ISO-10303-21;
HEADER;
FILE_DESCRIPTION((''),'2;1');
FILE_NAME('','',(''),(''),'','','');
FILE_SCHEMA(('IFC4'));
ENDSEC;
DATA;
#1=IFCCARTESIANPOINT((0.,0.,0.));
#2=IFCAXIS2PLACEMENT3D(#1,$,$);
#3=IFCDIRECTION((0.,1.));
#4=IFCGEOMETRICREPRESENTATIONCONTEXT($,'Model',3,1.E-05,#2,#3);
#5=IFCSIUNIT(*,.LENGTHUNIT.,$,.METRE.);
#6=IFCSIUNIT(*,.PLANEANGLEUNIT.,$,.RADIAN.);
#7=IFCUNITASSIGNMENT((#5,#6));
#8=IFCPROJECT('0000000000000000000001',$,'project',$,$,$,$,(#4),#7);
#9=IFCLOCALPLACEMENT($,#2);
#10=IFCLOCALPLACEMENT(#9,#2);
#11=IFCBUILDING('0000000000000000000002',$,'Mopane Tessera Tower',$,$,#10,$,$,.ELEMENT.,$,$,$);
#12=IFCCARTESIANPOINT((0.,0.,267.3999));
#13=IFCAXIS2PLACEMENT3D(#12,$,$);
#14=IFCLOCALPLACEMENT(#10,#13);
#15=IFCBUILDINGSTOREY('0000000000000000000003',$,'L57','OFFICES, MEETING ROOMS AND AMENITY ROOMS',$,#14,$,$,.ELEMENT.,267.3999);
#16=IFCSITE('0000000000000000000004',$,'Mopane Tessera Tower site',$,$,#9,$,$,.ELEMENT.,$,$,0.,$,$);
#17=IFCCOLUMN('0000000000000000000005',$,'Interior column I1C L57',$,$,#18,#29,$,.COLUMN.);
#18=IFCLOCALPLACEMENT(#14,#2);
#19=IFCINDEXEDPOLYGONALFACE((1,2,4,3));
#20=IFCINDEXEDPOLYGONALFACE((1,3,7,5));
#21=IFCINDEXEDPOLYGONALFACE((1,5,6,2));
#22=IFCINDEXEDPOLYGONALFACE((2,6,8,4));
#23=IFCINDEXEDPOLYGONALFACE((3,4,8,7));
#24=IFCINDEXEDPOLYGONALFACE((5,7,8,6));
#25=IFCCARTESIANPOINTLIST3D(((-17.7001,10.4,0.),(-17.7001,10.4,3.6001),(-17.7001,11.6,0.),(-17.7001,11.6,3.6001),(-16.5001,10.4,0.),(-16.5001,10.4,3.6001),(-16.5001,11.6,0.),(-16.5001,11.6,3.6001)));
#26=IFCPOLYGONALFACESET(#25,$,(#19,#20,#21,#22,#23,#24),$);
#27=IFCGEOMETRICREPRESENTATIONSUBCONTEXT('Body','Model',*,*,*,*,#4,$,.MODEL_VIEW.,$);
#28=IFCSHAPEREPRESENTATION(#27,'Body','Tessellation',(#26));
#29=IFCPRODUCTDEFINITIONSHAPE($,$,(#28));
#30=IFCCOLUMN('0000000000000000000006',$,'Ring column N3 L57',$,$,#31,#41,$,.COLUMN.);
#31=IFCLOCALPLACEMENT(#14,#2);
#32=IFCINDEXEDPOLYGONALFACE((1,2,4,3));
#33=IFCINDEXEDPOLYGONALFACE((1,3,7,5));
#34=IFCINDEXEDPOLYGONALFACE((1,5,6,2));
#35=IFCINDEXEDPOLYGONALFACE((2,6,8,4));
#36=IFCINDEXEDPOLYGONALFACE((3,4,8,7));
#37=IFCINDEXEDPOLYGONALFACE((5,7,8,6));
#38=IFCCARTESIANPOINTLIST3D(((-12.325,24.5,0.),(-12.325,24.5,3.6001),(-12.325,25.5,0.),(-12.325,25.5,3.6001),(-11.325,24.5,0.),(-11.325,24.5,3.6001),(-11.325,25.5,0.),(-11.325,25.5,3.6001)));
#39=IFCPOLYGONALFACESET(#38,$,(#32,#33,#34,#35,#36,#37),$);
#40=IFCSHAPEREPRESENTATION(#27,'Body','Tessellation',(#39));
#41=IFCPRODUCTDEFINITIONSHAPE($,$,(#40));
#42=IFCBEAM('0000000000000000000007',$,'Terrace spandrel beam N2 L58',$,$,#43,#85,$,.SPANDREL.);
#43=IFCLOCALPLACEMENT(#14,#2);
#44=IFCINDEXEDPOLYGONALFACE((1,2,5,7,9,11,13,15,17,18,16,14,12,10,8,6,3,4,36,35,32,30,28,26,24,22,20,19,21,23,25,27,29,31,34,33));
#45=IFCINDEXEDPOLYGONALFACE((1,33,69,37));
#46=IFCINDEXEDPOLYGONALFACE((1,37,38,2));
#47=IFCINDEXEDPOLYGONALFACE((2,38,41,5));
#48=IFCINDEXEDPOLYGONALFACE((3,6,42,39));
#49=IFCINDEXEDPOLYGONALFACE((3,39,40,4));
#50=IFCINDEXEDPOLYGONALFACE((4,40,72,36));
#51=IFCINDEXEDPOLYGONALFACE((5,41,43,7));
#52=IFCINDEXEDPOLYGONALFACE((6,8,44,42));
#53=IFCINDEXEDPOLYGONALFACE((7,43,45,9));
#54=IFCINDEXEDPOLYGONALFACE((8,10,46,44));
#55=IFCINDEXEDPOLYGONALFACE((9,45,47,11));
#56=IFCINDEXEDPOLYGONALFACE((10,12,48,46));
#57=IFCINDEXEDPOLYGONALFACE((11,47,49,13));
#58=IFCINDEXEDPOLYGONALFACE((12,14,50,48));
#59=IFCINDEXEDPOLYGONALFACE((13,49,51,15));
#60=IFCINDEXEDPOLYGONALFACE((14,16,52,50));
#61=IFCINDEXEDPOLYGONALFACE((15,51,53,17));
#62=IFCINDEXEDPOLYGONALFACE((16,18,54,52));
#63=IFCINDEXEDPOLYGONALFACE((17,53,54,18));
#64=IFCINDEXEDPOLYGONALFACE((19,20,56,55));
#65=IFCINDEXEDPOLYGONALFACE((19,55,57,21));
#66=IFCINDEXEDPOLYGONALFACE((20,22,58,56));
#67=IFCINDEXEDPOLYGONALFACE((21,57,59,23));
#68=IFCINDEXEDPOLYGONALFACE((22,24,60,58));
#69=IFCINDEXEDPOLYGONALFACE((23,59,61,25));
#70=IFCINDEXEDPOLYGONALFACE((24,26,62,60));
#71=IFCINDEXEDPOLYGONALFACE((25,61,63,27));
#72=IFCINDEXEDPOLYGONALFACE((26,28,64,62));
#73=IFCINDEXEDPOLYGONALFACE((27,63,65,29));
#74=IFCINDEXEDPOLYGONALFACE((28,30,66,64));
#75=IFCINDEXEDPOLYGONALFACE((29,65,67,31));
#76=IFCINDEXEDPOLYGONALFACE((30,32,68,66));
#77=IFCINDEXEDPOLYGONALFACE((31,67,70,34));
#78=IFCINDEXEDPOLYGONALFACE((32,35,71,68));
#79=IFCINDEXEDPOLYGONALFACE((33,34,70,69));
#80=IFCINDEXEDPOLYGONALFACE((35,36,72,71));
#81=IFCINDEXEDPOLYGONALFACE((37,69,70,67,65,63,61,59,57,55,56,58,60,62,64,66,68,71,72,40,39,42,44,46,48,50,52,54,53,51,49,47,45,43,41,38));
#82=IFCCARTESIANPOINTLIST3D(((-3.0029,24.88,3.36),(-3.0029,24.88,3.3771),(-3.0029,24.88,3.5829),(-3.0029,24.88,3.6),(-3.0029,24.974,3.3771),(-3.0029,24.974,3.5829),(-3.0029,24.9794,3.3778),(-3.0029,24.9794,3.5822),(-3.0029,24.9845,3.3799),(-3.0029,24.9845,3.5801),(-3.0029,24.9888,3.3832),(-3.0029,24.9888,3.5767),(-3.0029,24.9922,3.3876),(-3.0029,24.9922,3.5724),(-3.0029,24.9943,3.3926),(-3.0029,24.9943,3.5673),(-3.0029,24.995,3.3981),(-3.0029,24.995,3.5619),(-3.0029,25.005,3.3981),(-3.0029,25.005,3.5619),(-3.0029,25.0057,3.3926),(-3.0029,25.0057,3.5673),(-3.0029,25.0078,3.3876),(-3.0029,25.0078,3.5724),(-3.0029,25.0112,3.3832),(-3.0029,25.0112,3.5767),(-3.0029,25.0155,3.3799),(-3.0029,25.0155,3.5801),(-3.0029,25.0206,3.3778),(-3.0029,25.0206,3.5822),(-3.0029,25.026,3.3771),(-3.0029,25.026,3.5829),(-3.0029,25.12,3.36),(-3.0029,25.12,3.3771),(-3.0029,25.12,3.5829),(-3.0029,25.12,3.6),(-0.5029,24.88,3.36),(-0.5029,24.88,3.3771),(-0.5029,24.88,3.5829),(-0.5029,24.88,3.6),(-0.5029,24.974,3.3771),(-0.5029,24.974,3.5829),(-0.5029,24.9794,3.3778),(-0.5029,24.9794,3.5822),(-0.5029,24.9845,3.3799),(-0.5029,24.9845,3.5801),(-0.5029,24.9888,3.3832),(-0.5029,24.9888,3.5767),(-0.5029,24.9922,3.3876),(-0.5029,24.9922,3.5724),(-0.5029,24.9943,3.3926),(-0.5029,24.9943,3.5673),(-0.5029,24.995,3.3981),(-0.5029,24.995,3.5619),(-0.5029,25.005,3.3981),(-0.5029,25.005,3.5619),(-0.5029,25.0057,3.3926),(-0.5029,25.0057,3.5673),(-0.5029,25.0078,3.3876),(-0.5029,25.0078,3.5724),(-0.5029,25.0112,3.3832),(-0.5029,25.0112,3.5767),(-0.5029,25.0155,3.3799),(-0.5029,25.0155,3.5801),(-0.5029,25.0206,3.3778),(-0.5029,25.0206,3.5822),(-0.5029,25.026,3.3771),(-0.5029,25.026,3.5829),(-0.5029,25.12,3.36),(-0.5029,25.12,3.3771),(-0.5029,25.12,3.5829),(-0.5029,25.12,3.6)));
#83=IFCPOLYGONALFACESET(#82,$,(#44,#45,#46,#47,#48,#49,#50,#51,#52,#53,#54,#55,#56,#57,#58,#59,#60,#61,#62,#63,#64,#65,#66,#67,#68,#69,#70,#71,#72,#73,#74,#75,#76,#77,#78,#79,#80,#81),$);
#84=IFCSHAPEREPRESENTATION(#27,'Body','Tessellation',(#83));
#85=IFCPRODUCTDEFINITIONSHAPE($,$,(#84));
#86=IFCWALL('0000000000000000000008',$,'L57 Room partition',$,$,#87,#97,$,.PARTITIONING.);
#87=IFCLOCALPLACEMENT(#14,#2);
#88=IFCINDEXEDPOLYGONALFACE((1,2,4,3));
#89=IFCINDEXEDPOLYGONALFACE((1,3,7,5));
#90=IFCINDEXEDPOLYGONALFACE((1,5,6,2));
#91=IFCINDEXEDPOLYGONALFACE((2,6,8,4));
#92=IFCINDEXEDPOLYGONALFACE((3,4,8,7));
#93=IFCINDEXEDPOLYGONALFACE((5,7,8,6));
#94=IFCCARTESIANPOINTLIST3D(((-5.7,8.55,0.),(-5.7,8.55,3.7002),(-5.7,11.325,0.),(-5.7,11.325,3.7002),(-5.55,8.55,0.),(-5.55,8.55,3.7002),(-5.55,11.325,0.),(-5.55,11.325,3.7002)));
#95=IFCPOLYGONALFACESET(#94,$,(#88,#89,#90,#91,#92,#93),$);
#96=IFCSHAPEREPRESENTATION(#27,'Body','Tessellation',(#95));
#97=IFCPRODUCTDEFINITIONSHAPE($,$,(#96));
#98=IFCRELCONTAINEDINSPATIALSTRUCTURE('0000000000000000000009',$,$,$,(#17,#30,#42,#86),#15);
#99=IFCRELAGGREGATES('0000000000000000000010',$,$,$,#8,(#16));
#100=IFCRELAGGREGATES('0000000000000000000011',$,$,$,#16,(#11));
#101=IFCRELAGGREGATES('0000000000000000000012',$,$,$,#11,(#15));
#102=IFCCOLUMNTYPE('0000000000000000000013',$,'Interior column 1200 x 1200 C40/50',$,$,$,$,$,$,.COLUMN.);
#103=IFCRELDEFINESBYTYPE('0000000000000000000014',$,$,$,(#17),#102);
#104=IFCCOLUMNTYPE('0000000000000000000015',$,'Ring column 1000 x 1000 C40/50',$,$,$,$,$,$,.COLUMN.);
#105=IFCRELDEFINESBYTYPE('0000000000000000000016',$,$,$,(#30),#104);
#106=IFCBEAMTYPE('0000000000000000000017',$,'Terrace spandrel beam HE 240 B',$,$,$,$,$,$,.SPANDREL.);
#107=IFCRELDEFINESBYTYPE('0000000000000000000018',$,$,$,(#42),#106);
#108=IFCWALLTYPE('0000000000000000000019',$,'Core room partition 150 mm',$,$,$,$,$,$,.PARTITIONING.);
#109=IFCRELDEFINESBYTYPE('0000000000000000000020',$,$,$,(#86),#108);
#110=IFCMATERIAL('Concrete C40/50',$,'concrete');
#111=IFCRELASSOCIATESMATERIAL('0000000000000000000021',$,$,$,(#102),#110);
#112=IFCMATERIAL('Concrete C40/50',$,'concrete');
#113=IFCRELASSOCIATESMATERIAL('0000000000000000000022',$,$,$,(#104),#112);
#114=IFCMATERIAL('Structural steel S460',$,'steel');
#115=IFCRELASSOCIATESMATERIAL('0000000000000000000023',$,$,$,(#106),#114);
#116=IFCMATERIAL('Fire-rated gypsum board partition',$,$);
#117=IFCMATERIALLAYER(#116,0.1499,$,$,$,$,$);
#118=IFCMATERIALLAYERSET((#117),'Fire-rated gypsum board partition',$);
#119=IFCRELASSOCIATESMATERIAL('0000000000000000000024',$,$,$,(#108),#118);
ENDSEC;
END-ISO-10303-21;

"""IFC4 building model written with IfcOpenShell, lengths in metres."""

from ifc_helpers import new_model, si_unit, direction, frame, frame_2d, origin, origin_2d, place, context, subcontext, project, spatial, rectangle, i_section, extrude, material, layer, layer_set, material_profile, profile_set, type_object, element, save


model = new_model("IFC4")

# Units and contexts
model_context = context("Model", 3, precision=1e-05, world=origin(), true_north=direction((0.0, 1.0)))
body_context = subcontext(model_context, "Body", "Model", "MODEL_VIEW")
ifc_project = project(units=[si_unit("LENGTHUNIT", "METRE"), si_unit("PLANEANGLEUNIT", "RADIAN")], contexts=[model_context])

# Site, building, storey
site_placement = place(None, origin())
site = spatial("IfcSite", under=ifc_project, at=site_placement, Name="Mopane Tessera Tower site", CompositionType="ELEMENT", RefElevation=0.0)
building_placement = place(site_placement, origin())
building = spatial("IfcBuilding", under=site, at=building_placement, Name="Mopane Tessera Tower", CompositionType="ELEMENT")
storey_placement = place(building_placement, frame((0.0, 0.0, 267.3999)))
storey = spatial("IfcBuildingStorey", under=building, at=storey_placement, Name="L57", Description="OFFICES, MEETING ROOMS AND AMENITY ROOMS", CompositionType="ELEMENT", Elevation=267.3999)

# Columns
ifc_material_1 = material(Name="Concrete C40/50", Category="concrete")
ifc_material_profile_1 = material_profile(ifc_material_1, rectangle(XDim=1.2, YDim=1.2, at=origin_2d()))
ifc_profile_set_1 = profile_set([ifc_material_profile_1], Name="Concrete C40/50")
column_type_1 = type_object("IfcColumnType", Name="Interior column 1200 x 1200 C40/50", PredefinedType="COLUMN", material=ifc_profile_set_1)
column_1_placement = place(storey_placement, frame((-17.1001, 11.0, 0.0), z_axis=(0.0, 0.0, 1.0), x_axis=(1.0, 0.0, 0.0)))
element("IfcColumn", 1, at=column_1_placement, inside=storey, type_object=column_type_1, Name="Interior column I1C L57", PredefinedType="COLUMN", context=body_context, shape_type="SweptSolid", body=[
    extrude(rectangle(XDim=1.2, YDim=1.2, at=origin_2d()), origin(), (0.0, 0.0, 1.0), 3.6001),
])
ifc_material_2 = material(Name="Concrete C40/50", Category="concrete")
ifc_material_profile_2 = material_profile(ifc_material_2, rectangle(XDim=1.0, YDim=1.0, at=origin_2d()))
ifc_profile_set_2 = profile_set([ifc_material_profile_2], Name="Concrete C40/50")
column_type_2 = type_object("IfcColumnType", Name="Ring column 1000 x 1000 C40/50", PredefinedType="COLUMN", material=ifc_profile_set_2)
column_2_placement = place(storey_placement, frame((-11.825, 25.0, 0.0), z_axis=(0.0, 0.0, 1.0), x_axis=(1.0, 0.0, 0.0)))
element("IfcColumn", 2, at=column_2_placement, inside=storey, type_object=column_type_2, Name="Ring column N3 L57", PredefinedType="COLUMN", context=body_context, shape_type="SweptSolid", body=[
    extrude(rectangle(XDim=1.0, YDim=1.0, at=origin_2d()), origin(), (0.0, 0.0, 1.0), 3.6001),
])

# Beam
ifc_material_3 = material(Name="Structural steel S460", Category="steel")
ifc_material_profile_3 = material_profile(ifc_material_3, i_section(OverallWidth=0.24, OverallDepth=0.24, WebThickness=0.01, FlangeThickness=0.0171, FilletRadius=0.021, at=origin_2d()))
ifc_profile_set_3 = profile_set([ifc_material_profile_3], Name="Structural steel S460")
beam_type = type_object("IfcBeamType", Name="Terrace spandrel beam HE 240 B", PredefinedType="SPANDREL", material=ifc_profile_set_3)
beam_placement = place(storey_placement, frame((-0.5029, 25.0, 3.48), z_axis=(-1.0, 0.0, 0.0), x_axis=(0.0, -1.0, 0.0)))
element("IfcBeam", 3, at=beam_placement, inside=storey, type_object=beam_type, Name="Terrace spandrel beam N2 L58", PredefinedType="SPANDREL", context=body_context, shape_type="SweptSolid", body=[
    extrude(i_section(OverallWidth=0.24, OverallDepth=0.24, WebThickness=0.01, FlangeThickness=0.0171, FilletRadius=0.021, at=origin_2d()), origin(), (0.0, 0.0, 1.0), 2.5),
])

# Wall
ifc_material_4 = material(Name="Fire-rated gypsum board partition")
ifc_layer_1 = layer(ifc_material_4, 0.1499)
ifc_layer_set_1 = layer_set([ifc_layer_1], Name="Fire-rated gypsum board partition")
wall_type_1 = type_object("IfcWallType", Name="Core room partition 150 mm", PredefinedType="PARTITIONING", material=ifc_layer_set_1)
wall_1_placement = place(storey_placement, frame((-5.625, 8.55, 0.0), z_axis=(0.0, 0.0, 1.0), x_axis=(0.0, 1.0, 0.0)))
element("IfcWall", 4, at=wall_1_placement, inside=storey, type_object=wall_type_1, Name="L57 Room partition", PredefinedType="PARTITIONING", context=body_context, shape_type="SweptSolid", body=[
    extrude(rectangle(XDim=2.7749, YDim=0.1499, at=frame_2d((1.3875, 0.0))), origin(), (0.0, 0.0, 1.0), 3.7002),
])

save(model, "model.ifc")
